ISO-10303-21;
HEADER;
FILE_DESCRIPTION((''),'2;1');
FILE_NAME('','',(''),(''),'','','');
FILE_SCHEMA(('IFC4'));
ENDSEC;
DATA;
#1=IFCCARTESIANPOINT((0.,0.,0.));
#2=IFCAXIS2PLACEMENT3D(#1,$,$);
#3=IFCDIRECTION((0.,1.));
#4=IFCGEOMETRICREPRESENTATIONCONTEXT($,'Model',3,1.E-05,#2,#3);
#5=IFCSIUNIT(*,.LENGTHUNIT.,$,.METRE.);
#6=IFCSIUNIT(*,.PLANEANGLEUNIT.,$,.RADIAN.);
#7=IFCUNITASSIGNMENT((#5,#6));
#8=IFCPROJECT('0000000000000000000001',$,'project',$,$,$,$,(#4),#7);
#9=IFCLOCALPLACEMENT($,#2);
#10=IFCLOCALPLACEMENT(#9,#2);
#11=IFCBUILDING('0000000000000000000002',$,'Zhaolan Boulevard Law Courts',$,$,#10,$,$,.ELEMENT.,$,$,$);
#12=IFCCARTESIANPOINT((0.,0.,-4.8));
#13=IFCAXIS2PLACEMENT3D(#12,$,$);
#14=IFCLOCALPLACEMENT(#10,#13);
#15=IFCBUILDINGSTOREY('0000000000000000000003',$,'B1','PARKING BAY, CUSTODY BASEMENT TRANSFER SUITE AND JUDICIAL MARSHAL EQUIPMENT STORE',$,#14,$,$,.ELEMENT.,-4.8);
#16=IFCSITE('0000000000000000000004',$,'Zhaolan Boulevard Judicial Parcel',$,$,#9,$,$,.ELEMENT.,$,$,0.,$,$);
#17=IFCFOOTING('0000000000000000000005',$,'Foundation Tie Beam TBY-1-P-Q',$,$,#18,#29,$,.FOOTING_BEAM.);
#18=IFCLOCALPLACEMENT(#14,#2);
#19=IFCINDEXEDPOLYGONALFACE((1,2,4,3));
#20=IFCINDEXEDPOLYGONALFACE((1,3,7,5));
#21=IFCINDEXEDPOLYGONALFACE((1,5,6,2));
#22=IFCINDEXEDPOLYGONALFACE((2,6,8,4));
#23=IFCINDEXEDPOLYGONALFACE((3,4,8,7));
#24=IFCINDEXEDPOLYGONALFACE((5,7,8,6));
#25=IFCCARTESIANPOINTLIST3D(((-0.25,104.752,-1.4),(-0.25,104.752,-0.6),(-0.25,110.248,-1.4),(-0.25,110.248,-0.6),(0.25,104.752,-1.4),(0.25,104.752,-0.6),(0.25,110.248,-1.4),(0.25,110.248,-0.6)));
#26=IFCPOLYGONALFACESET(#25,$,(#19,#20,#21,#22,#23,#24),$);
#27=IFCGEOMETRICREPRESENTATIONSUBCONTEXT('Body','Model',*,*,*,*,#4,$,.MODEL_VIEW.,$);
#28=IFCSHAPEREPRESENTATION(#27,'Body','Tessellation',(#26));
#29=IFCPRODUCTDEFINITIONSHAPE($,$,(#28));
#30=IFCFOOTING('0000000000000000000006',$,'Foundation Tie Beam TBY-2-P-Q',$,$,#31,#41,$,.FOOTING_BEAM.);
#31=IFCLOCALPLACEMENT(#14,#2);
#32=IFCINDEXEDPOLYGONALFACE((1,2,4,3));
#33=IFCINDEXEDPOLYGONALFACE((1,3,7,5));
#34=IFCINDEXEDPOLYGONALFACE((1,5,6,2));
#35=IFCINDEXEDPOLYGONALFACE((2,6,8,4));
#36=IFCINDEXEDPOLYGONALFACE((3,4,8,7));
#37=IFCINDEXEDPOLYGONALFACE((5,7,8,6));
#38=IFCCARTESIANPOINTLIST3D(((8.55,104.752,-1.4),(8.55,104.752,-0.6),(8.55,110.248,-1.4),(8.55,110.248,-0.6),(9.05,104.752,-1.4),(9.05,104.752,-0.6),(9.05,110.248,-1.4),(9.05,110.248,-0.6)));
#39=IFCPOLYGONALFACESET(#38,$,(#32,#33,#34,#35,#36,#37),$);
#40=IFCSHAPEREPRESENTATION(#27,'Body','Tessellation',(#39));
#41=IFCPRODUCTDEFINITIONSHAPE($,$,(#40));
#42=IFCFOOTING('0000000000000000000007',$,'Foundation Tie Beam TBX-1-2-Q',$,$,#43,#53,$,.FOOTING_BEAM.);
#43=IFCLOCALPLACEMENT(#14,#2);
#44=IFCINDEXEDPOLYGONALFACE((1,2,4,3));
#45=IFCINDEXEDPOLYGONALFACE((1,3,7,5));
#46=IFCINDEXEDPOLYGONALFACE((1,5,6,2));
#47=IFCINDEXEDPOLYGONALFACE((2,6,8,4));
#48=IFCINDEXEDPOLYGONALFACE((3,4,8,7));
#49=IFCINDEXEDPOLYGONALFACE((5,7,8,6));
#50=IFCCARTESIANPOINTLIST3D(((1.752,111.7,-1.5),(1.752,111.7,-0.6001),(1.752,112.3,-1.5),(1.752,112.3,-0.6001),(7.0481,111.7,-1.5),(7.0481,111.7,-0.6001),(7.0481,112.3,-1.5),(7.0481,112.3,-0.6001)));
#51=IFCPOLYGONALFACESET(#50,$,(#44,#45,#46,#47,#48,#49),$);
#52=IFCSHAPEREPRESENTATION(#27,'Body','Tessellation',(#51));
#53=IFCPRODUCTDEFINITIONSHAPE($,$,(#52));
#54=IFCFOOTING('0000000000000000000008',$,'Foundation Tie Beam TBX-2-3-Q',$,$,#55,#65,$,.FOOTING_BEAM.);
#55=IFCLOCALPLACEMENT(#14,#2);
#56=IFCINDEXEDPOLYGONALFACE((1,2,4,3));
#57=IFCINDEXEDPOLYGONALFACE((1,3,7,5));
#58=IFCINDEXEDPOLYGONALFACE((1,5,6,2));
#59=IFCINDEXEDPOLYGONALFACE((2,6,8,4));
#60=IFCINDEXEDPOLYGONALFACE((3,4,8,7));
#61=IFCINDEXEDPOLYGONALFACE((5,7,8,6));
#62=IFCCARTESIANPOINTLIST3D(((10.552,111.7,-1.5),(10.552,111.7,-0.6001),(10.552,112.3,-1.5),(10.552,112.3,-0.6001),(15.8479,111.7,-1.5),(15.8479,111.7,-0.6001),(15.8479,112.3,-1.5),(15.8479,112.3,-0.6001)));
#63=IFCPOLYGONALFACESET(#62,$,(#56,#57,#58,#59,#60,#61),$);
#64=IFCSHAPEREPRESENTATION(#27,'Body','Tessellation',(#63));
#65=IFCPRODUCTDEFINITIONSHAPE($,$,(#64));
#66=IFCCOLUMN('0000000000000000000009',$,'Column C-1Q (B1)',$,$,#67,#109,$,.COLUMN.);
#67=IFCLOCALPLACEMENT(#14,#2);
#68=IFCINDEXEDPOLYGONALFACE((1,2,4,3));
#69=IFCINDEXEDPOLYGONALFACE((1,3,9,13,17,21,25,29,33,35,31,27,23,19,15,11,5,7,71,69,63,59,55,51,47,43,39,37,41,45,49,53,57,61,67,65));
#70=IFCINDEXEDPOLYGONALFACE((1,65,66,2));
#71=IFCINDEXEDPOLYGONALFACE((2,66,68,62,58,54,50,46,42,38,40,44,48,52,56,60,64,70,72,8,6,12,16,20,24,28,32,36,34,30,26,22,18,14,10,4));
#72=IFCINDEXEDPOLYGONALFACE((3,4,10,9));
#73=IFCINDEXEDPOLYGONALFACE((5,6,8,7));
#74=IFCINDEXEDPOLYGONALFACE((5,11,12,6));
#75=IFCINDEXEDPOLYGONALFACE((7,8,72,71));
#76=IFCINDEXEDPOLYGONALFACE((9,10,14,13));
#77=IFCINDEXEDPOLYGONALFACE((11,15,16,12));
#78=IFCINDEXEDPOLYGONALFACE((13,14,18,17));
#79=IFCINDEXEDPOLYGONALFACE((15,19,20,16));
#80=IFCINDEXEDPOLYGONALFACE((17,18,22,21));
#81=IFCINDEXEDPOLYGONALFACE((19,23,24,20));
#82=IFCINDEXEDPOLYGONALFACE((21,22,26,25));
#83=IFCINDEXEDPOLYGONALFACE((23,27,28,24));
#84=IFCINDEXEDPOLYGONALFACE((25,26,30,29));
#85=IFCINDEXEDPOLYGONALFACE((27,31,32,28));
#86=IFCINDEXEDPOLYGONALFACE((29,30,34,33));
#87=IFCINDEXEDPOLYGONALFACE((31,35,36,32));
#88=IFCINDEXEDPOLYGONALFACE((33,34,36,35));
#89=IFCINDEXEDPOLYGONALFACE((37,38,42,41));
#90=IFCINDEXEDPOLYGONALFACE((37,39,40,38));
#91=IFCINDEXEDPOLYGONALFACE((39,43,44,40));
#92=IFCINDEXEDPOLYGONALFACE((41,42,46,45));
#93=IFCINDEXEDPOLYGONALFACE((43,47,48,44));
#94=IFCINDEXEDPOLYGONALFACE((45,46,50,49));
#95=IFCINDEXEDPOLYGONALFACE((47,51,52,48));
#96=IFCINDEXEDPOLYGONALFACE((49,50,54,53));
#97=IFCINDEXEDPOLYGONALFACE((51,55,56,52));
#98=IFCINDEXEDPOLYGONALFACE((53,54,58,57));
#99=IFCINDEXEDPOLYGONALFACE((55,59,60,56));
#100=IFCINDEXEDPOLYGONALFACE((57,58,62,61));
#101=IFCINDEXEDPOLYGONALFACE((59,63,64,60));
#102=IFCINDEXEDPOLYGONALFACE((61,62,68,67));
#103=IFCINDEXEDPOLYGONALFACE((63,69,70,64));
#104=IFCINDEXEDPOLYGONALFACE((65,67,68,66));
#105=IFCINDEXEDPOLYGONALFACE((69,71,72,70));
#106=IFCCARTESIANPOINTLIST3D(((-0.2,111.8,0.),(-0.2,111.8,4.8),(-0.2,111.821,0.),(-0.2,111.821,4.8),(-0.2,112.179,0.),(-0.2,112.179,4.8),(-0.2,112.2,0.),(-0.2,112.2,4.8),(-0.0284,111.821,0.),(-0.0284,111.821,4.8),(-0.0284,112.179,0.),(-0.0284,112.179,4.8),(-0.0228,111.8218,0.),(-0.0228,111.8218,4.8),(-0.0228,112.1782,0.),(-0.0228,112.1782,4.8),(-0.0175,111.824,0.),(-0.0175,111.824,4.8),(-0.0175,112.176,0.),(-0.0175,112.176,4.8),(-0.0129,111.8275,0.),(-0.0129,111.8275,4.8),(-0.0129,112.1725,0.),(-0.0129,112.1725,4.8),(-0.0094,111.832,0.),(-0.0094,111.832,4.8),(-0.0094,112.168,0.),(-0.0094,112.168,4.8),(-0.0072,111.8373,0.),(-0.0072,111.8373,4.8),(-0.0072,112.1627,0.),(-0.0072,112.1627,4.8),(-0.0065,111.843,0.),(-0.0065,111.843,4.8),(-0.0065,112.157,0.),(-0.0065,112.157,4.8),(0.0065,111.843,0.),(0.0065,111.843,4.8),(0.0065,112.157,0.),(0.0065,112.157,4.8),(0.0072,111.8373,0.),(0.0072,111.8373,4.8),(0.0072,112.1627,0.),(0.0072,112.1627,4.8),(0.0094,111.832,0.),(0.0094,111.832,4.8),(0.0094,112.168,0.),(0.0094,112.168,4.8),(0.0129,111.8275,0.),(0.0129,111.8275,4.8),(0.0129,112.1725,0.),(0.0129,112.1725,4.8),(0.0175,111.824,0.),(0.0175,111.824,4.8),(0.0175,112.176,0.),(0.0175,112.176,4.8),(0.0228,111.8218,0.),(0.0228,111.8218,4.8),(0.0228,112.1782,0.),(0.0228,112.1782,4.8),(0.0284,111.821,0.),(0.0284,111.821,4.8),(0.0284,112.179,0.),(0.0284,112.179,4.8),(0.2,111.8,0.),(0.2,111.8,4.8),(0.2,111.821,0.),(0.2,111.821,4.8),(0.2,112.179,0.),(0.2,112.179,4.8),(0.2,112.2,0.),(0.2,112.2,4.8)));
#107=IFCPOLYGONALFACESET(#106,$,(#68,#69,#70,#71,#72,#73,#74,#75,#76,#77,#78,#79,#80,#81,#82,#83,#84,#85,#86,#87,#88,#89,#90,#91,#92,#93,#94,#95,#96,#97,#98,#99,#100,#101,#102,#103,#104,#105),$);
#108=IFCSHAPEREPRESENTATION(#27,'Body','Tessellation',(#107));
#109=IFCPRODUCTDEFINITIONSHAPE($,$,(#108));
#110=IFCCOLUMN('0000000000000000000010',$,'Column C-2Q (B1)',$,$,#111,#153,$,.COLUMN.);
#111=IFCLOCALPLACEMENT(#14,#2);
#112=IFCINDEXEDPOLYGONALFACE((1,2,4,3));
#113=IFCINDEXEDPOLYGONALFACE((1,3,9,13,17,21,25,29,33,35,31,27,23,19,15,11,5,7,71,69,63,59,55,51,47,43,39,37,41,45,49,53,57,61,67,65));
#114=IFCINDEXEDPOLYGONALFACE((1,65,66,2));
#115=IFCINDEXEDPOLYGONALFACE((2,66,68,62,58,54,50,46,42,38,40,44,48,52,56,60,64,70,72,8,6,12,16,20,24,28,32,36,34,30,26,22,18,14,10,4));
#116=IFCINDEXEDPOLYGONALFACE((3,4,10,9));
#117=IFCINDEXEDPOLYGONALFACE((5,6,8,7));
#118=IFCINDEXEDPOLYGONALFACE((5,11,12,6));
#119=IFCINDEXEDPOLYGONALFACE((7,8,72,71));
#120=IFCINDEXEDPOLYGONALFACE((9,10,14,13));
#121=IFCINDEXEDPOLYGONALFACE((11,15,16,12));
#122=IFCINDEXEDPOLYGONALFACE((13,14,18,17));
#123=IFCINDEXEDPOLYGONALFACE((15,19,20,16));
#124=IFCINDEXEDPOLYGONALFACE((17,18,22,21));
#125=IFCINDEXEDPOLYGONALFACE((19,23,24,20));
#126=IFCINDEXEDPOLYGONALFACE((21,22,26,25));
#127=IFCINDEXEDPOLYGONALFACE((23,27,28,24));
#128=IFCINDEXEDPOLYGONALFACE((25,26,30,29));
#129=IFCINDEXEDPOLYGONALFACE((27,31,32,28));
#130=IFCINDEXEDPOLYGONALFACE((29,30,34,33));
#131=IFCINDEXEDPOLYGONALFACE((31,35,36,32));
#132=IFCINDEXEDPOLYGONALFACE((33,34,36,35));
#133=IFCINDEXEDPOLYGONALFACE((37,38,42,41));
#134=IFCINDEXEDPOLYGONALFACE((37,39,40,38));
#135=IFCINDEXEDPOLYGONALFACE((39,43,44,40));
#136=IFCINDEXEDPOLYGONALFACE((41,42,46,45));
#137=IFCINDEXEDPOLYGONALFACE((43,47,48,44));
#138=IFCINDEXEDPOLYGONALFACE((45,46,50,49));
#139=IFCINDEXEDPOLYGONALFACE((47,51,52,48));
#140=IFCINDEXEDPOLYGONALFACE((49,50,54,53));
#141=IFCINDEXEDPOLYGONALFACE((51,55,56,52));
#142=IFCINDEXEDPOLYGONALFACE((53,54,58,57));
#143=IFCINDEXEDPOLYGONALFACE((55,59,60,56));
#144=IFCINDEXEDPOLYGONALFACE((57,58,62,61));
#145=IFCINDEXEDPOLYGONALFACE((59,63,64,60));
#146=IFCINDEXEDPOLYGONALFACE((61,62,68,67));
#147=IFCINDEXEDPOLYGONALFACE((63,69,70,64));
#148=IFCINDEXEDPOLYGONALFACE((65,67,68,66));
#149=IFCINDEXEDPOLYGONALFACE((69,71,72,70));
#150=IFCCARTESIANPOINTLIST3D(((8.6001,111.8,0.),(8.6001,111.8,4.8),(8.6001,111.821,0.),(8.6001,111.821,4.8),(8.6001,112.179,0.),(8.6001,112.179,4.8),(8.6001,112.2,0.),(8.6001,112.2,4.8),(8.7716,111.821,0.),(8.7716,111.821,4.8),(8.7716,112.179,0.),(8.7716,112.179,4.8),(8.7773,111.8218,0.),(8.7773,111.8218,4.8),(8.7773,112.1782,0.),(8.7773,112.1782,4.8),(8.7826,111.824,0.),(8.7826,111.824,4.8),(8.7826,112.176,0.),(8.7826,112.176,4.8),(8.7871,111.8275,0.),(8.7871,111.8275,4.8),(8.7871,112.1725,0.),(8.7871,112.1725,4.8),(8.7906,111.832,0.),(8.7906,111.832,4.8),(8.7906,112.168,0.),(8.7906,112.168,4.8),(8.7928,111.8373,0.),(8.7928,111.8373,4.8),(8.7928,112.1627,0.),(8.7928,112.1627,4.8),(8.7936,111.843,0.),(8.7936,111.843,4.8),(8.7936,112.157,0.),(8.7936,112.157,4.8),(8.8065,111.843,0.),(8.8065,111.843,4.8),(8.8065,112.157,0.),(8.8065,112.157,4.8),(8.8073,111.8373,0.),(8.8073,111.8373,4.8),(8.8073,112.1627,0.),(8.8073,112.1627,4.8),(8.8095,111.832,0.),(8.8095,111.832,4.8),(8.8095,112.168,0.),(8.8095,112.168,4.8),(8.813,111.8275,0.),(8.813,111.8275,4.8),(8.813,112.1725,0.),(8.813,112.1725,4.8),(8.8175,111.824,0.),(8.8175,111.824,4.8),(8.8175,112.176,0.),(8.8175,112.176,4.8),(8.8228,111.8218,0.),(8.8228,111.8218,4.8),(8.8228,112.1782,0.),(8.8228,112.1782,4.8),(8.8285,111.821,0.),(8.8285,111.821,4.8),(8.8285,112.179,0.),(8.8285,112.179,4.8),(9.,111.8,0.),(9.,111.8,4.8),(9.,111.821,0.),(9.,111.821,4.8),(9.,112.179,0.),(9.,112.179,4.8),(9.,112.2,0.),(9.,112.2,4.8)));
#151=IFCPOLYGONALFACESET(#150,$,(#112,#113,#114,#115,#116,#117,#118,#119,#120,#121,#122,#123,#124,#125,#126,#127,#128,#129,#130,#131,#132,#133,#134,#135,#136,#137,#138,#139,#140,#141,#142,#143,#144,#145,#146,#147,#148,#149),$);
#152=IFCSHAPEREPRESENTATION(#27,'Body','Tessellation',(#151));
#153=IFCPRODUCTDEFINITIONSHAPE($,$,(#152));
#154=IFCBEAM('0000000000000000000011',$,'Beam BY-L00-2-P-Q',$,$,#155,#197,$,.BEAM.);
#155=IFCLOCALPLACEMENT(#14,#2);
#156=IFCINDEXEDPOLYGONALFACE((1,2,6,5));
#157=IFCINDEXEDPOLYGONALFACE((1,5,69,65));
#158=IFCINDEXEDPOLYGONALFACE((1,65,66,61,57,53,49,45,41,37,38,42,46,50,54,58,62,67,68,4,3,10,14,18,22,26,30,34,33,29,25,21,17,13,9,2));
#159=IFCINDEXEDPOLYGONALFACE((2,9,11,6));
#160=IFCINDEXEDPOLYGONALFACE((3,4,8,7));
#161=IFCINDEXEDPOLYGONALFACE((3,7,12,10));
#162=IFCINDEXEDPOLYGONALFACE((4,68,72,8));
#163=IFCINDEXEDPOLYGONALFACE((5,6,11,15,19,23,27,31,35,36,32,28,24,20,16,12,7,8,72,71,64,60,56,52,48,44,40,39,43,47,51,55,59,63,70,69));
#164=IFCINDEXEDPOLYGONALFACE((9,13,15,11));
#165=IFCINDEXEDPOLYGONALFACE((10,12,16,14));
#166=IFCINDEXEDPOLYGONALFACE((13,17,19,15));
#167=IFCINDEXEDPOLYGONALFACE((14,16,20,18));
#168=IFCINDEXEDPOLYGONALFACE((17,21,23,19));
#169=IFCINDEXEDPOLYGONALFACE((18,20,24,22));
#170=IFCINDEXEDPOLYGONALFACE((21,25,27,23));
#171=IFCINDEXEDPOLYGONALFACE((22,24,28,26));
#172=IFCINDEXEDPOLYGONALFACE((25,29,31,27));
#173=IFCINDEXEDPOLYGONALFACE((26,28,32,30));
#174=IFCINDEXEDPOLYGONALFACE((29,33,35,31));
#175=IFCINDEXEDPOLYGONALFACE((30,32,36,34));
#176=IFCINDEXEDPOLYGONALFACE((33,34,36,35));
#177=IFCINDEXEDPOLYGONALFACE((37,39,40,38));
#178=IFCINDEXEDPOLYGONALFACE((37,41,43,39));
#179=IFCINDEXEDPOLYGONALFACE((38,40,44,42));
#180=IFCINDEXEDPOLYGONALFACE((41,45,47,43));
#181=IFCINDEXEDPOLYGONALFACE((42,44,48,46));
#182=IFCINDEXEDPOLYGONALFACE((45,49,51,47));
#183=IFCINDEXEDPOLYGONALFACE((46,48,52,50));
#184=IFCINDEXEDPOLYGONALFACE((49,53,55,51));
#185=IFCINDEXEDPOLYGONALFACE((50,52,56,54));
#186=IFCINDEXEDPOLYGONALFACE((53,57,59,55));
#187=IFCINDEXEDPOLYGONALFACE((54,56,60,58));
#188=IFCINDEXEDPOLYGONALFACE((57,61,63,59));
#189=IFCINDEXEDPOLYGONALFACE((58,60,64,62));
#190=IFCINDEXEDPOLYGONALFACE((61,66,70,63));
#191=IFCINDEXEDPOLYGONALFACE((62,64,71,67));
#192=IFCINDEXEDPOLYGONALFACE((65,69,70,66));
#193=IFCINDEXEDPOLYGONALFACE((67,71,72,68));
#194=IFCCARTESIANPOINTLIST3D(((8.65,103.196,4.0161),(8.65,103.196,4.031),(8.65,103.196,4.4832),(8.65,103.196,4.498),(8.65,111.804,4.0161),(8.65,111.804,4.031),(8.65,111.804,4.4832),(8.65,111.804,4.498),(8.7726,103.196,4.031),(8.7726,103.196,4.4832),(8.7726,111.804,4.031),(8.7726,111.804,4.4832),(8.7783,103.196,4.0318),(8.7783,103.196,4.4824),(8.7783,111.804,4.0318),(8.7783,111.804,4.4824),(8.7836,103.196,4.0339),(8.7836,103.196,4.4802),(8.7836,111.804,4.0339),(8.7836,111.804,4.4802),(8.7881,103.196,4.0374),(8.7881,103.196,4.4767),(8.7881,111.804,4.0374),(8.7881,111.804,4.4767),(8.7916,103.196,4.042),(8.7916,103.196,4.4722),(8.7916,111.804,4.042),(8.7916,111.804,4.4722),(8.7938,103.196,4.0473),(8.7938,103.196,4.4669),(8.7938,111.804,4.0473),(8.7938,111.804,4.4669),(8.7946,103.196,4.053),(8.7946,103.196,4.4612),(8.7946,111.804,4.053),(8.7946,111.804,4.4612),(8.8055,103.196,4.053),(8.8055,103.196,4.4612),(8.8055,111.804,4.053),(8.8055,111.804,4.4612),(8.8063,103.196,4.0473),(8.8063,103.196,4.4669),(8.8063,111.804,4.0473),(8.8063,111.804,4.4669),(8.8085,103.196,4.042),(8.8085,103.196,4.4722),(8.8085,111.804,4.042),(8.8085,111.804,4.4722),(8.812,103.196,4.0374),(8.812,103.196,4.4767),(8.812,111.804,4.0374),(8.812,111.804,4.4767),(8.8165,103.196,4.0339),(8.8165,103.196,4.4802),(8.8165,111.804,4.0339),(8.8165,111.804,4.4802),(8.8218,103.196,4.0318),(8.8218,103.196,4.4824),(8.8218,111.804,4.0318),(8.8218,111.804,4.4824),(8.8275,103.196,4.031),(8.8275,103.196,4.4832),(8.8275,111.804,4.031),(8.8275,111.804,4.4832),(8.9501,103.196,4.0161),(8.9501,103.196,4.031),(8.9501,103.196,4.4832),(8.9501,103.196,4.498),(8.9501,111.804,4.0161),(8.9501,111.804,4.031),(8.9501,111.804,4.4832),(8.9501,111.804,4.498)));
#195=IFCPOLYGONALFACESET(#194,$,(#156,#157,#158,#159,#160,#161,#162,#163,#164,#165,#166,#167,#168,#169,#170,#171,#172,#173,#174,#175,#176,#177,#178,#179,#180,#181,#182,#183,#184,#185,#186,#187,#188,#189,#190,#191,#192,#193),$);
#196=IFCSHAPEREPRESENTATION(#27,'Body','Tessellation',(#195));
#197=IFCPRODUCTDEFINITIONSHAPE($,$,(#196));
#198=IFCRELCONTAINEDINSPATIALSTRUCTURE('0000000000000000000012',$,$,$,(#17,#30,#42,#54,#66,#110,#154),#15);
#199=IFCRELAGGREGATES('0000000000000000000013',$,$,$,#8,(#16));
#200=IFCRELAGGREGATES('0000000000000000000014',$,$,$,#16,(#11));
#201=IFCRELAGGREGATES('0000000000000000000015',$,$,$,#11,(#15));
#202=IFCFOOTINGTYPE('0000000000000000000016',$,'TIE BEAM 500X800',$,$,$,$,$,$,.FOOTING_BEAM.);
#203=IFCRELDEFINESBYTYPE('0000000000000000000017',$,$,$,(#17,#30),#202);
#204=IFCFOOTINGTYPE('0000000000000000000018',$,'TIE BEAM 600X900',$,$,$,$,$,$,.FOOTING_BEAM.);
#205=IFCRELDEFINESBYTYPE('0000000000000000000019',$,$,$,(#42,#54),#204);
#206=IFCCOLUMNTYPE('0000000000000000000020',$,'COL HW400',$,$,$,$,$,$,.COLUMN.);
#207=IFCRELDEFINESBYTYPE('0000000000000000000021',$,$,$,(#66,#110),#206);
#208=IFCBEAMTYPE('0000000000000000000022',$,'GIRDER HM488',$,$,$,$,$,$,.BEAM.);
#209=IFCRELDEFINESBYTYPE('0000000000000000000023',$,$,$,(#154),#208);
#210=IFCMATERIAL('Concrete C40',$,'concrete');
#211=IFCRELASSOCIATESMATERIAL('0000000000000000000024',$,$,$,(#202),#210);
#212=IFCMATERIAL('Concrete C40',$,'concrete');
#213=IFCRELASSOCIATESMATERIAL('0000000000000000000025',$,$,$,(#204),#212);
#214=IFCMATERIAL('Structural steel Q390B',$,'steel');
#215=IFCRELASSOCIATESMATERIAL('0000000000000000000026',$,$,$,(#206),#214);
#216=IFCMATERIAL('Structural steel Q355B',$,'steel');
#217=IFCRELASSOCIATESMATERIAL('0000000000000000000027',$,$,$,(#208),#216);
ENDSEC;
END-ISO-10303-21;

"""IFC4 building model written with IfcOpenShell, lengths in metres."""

from ifc_helpers import new_model, si_unit, direction, frame, origin, origin_2d, place, context, subcontext, project, spatial, rectangle, i_section, extrude, material, material_profile, profile_set, type_object, element, save


model = new_model("IFC4")

# Units and contexts
model_context = context("Model", 3, precision=1e-05, world=origin(), true_north=direction((0.0, 1.0)))
body_context = subcontext(model_context, "Body", "Model", "MODEL_VIEW")
ifc_project = project(units=[si_unit("LENGTHUNIT", "METRE"), si_unit("PLANEANGLEUNIT", "RADIAN")], contexts=[model_context])

# Site, building, storey
site_placement = place(None, origin())
site = spatial("IfcSite", under=ifc_project, at=site_placement, Name="Zhaolan Boulevard Judicial Parcel", CompositionType="ELEMENT", RefElevation=0.0)
building_placement = place(site_placement, origin())
building = spatial("IfcBuilding", under=site, at=building_placement, Name="Zhaolan Boulevard Law Courts", CompositionType="ELEMENT")
storey_placement = place(building_placement, frame((0.0, 0.0, -4.8)))
storey = spatial("IfcBuildingStorey", under=building, at=storey_placement, Name="B1", Description="PARKING BAY, CUSTODY BASEMENT TRANSFER SUITE AND JUDICIAL MARSHAL EQUIPMENT STORE", CompositionType="ELEMENT", Elevation=-4.8)

# Footings
ifc_material_1 = material(Name="Concrete C40", Category="concrete")
ifc_material_profile_1 = material_profile(ifc_material_1, rectangle(XDim=0.5, YDim=0.8, at=origin_2d()), Name="RC500x800")
ifc_profile_set_1 = profile_set([ifc_material_profile_1], Name="Concrete C40")
footing_type_1 = type_object("IfcFootingType", Name="TIE BEAM 500X800", PredefinedType="FOOTING_BEAM", material=ifc_profile_set_1)
for number, where, z_axis, x_axis, name in (
    (1, (0.0, 104.752, -1.0), (0.0, 1.0, 0.0), (-1.0, 0.0, 0.0), "Foundation Tie Beam TBY-1-P-Q"),
    (2, (8.8, 104.752, -1.0), (0.0, 1.0, 0.0), (-1.0, 0.0, 0.0), "Foundation Tie Beam TBY-2-P-Q"),
):
    element("IfcFooting", number, at=place(storey_placement, frame(where, z_axis=z_axis, x_axis=x_axis)), inside=storey, type_object=footing_type_1, Name=name, PredefinedType="FOOTING_BEAM", context=body_context, shape_type="SweptSolid", body=[
        extrude(rectangle(XDim=0.5, YDim=0.8, at=origin_2d()), origin(), (0.0, 0.0, 1.0), 5.4961),
    ])
ifc_material_2 = material(Name="Concrete C40", Category="concrete")
ifc_material_profile_2 = material_profile(ifc_material_2, rectangle(XDim=0.6001, YDim=0.8999, at=origin_2d()), Name="RC600x900")
ifc_profile_set_2 = profile_set([ifc_material_profile_2], Name="Concrete C40")
footing_type_2 = type_object("IfcFootingType", Name="TIE BEAM 600X900", PredefinedType="FOOTING_BEAM", material=ifc_profile_set_2)
footing_1_placement = place(storey_placement, frame((1.752, 112.0, -1.05), z_axis=(1.0, 0.0, 0.0), x_axis=(0.0, 1.0, 0.0)))
element("IfcFooting", 3, at=footing_1_placement, inside=storey, type_object=footing_type_2, Name="Foundation Tie Beam TBX-1-2-Q", PredefinedType="FOOTING_BEAM", context=body_context, shape_type="SweptSolid", body=[
    extrude(rectangle(XDim=0.6001, YDim=0.8999, at=origin_2d()), origin(), (0.0, 0.0, 1.0), 5.2961),
])
footing_2_placement = place(storey_placement, frame((10.552, 112.0, -1.05), z_axis=(1.0, 0.0, 0.0), x_axis=(0.0, 1.0, 0.0)))
element("IfcFooting", 4, at=footing_2_placement, inside=storey, type_object=footing_type_2, Name="Foundation Tie Beam TBX-2-3-Q", PredefinedType="FOOTING_BEAM", context=body_context, shape_type="SweptSolid", body=[
    extrude(rectangle(XDim=0.6001, YDim=0.8999, at=origin_2d()), origin(), (0.0, 0.0, 1.0), 5.2959),
])

# Columns
ifc_material_3 = material(Name="Structural steel Q390B", Category="steel")
ifc_material_profile_3 = material_profile(ifc_material_3, i_section(OverallWidth=0.3999, OverallDepth=0.3999, WebThickness=0.0129, FlangeThickness=0.021, FilletRadius=0.022, at=origin_2d()), Name="HW400x400")
ifc_profile_set_3 = profile_set([ifc_material_profile_3], Name="Structural steel Q390B")
column_type = type_object("IfcColumnType", Name="COL HW400", PredefinedType="COLUMN", material=ifc_profile_set_3)
for number, where, z_axis, x_axis, name in (
    (5, (0.0, 112.0, 0.0), (0.0, 0.0, 1.0), (1.0, 0.0, 0.0), "Column C-1Q (B1)"),
    (6, (8.8, 112.0, 0.0), (0.0, 0.0, 1.0), (1.0, 0.0, 0.0), "Column C-2Q (B1)"),
):
    element("IfcColumn", number, at=place(storey_placement, frame(where, z_axis=z_axis, x_axis=x_axis)), inside=storey, type_object=column_type, Name=name, PredefinedType="COLUMN", context=body_context, shape_type="SweptSolid", body=[
        extrude(i_section(OverallWidth=0.3999, OverallDepth=0.3999, WebThickness=0.0129, FlangeThickness=0.021, FilletRadius=0.022, at=origin_2d()), origin(), (0.0, 0.0, 1.0), 4.8),
    ])

# Beam
ifc_material_4 = material(Name="Structural steel Q355B", Category="steel")
ifc_material_profile_4 = material_profile(ifc_material_4, i_section(OverallWidth=0.3, OverallDepth=0.4819, WebThickness=0.011, FlangeThickness=0.0149, FilletRadius=0.022, at=origin_2d()), Name="HM482x300")
ifc_profile_set_4 = profile_set([ifc_material_profile_4], Name="Structural steel Q355B")
beam_type_1 = type_object("IfcBeamType", Name="GIRDER HM488", PredefinedType="BEAM", material=ifc_profile_set_4)
beam_placement = place(storey_placement, frame((8.8, 103.196, 4.2571), z_axis=(0.0, 1.0, 0.0), x_axis=(-1.0, 0.0, 0.0)))
element("IfcBeam", 7, at=beam_placement, inside=storey, type_object=beam_type_1, Name="Beam BY-L00-2-P-Q", PredefinedType="BEAM", context=body_context, shape_type="SweptSolid", body=[
    extrude(i_section(OverallWidth=0.3, OverallDepth=0.4819, WebThickness=0.011, FlangeThickness=0.0149, FilletRadius=0.022, at=origin_2d()), origin(), (0.0, 0.0, 1.0), 8.6079),
])

save(model, "model.ifc")
